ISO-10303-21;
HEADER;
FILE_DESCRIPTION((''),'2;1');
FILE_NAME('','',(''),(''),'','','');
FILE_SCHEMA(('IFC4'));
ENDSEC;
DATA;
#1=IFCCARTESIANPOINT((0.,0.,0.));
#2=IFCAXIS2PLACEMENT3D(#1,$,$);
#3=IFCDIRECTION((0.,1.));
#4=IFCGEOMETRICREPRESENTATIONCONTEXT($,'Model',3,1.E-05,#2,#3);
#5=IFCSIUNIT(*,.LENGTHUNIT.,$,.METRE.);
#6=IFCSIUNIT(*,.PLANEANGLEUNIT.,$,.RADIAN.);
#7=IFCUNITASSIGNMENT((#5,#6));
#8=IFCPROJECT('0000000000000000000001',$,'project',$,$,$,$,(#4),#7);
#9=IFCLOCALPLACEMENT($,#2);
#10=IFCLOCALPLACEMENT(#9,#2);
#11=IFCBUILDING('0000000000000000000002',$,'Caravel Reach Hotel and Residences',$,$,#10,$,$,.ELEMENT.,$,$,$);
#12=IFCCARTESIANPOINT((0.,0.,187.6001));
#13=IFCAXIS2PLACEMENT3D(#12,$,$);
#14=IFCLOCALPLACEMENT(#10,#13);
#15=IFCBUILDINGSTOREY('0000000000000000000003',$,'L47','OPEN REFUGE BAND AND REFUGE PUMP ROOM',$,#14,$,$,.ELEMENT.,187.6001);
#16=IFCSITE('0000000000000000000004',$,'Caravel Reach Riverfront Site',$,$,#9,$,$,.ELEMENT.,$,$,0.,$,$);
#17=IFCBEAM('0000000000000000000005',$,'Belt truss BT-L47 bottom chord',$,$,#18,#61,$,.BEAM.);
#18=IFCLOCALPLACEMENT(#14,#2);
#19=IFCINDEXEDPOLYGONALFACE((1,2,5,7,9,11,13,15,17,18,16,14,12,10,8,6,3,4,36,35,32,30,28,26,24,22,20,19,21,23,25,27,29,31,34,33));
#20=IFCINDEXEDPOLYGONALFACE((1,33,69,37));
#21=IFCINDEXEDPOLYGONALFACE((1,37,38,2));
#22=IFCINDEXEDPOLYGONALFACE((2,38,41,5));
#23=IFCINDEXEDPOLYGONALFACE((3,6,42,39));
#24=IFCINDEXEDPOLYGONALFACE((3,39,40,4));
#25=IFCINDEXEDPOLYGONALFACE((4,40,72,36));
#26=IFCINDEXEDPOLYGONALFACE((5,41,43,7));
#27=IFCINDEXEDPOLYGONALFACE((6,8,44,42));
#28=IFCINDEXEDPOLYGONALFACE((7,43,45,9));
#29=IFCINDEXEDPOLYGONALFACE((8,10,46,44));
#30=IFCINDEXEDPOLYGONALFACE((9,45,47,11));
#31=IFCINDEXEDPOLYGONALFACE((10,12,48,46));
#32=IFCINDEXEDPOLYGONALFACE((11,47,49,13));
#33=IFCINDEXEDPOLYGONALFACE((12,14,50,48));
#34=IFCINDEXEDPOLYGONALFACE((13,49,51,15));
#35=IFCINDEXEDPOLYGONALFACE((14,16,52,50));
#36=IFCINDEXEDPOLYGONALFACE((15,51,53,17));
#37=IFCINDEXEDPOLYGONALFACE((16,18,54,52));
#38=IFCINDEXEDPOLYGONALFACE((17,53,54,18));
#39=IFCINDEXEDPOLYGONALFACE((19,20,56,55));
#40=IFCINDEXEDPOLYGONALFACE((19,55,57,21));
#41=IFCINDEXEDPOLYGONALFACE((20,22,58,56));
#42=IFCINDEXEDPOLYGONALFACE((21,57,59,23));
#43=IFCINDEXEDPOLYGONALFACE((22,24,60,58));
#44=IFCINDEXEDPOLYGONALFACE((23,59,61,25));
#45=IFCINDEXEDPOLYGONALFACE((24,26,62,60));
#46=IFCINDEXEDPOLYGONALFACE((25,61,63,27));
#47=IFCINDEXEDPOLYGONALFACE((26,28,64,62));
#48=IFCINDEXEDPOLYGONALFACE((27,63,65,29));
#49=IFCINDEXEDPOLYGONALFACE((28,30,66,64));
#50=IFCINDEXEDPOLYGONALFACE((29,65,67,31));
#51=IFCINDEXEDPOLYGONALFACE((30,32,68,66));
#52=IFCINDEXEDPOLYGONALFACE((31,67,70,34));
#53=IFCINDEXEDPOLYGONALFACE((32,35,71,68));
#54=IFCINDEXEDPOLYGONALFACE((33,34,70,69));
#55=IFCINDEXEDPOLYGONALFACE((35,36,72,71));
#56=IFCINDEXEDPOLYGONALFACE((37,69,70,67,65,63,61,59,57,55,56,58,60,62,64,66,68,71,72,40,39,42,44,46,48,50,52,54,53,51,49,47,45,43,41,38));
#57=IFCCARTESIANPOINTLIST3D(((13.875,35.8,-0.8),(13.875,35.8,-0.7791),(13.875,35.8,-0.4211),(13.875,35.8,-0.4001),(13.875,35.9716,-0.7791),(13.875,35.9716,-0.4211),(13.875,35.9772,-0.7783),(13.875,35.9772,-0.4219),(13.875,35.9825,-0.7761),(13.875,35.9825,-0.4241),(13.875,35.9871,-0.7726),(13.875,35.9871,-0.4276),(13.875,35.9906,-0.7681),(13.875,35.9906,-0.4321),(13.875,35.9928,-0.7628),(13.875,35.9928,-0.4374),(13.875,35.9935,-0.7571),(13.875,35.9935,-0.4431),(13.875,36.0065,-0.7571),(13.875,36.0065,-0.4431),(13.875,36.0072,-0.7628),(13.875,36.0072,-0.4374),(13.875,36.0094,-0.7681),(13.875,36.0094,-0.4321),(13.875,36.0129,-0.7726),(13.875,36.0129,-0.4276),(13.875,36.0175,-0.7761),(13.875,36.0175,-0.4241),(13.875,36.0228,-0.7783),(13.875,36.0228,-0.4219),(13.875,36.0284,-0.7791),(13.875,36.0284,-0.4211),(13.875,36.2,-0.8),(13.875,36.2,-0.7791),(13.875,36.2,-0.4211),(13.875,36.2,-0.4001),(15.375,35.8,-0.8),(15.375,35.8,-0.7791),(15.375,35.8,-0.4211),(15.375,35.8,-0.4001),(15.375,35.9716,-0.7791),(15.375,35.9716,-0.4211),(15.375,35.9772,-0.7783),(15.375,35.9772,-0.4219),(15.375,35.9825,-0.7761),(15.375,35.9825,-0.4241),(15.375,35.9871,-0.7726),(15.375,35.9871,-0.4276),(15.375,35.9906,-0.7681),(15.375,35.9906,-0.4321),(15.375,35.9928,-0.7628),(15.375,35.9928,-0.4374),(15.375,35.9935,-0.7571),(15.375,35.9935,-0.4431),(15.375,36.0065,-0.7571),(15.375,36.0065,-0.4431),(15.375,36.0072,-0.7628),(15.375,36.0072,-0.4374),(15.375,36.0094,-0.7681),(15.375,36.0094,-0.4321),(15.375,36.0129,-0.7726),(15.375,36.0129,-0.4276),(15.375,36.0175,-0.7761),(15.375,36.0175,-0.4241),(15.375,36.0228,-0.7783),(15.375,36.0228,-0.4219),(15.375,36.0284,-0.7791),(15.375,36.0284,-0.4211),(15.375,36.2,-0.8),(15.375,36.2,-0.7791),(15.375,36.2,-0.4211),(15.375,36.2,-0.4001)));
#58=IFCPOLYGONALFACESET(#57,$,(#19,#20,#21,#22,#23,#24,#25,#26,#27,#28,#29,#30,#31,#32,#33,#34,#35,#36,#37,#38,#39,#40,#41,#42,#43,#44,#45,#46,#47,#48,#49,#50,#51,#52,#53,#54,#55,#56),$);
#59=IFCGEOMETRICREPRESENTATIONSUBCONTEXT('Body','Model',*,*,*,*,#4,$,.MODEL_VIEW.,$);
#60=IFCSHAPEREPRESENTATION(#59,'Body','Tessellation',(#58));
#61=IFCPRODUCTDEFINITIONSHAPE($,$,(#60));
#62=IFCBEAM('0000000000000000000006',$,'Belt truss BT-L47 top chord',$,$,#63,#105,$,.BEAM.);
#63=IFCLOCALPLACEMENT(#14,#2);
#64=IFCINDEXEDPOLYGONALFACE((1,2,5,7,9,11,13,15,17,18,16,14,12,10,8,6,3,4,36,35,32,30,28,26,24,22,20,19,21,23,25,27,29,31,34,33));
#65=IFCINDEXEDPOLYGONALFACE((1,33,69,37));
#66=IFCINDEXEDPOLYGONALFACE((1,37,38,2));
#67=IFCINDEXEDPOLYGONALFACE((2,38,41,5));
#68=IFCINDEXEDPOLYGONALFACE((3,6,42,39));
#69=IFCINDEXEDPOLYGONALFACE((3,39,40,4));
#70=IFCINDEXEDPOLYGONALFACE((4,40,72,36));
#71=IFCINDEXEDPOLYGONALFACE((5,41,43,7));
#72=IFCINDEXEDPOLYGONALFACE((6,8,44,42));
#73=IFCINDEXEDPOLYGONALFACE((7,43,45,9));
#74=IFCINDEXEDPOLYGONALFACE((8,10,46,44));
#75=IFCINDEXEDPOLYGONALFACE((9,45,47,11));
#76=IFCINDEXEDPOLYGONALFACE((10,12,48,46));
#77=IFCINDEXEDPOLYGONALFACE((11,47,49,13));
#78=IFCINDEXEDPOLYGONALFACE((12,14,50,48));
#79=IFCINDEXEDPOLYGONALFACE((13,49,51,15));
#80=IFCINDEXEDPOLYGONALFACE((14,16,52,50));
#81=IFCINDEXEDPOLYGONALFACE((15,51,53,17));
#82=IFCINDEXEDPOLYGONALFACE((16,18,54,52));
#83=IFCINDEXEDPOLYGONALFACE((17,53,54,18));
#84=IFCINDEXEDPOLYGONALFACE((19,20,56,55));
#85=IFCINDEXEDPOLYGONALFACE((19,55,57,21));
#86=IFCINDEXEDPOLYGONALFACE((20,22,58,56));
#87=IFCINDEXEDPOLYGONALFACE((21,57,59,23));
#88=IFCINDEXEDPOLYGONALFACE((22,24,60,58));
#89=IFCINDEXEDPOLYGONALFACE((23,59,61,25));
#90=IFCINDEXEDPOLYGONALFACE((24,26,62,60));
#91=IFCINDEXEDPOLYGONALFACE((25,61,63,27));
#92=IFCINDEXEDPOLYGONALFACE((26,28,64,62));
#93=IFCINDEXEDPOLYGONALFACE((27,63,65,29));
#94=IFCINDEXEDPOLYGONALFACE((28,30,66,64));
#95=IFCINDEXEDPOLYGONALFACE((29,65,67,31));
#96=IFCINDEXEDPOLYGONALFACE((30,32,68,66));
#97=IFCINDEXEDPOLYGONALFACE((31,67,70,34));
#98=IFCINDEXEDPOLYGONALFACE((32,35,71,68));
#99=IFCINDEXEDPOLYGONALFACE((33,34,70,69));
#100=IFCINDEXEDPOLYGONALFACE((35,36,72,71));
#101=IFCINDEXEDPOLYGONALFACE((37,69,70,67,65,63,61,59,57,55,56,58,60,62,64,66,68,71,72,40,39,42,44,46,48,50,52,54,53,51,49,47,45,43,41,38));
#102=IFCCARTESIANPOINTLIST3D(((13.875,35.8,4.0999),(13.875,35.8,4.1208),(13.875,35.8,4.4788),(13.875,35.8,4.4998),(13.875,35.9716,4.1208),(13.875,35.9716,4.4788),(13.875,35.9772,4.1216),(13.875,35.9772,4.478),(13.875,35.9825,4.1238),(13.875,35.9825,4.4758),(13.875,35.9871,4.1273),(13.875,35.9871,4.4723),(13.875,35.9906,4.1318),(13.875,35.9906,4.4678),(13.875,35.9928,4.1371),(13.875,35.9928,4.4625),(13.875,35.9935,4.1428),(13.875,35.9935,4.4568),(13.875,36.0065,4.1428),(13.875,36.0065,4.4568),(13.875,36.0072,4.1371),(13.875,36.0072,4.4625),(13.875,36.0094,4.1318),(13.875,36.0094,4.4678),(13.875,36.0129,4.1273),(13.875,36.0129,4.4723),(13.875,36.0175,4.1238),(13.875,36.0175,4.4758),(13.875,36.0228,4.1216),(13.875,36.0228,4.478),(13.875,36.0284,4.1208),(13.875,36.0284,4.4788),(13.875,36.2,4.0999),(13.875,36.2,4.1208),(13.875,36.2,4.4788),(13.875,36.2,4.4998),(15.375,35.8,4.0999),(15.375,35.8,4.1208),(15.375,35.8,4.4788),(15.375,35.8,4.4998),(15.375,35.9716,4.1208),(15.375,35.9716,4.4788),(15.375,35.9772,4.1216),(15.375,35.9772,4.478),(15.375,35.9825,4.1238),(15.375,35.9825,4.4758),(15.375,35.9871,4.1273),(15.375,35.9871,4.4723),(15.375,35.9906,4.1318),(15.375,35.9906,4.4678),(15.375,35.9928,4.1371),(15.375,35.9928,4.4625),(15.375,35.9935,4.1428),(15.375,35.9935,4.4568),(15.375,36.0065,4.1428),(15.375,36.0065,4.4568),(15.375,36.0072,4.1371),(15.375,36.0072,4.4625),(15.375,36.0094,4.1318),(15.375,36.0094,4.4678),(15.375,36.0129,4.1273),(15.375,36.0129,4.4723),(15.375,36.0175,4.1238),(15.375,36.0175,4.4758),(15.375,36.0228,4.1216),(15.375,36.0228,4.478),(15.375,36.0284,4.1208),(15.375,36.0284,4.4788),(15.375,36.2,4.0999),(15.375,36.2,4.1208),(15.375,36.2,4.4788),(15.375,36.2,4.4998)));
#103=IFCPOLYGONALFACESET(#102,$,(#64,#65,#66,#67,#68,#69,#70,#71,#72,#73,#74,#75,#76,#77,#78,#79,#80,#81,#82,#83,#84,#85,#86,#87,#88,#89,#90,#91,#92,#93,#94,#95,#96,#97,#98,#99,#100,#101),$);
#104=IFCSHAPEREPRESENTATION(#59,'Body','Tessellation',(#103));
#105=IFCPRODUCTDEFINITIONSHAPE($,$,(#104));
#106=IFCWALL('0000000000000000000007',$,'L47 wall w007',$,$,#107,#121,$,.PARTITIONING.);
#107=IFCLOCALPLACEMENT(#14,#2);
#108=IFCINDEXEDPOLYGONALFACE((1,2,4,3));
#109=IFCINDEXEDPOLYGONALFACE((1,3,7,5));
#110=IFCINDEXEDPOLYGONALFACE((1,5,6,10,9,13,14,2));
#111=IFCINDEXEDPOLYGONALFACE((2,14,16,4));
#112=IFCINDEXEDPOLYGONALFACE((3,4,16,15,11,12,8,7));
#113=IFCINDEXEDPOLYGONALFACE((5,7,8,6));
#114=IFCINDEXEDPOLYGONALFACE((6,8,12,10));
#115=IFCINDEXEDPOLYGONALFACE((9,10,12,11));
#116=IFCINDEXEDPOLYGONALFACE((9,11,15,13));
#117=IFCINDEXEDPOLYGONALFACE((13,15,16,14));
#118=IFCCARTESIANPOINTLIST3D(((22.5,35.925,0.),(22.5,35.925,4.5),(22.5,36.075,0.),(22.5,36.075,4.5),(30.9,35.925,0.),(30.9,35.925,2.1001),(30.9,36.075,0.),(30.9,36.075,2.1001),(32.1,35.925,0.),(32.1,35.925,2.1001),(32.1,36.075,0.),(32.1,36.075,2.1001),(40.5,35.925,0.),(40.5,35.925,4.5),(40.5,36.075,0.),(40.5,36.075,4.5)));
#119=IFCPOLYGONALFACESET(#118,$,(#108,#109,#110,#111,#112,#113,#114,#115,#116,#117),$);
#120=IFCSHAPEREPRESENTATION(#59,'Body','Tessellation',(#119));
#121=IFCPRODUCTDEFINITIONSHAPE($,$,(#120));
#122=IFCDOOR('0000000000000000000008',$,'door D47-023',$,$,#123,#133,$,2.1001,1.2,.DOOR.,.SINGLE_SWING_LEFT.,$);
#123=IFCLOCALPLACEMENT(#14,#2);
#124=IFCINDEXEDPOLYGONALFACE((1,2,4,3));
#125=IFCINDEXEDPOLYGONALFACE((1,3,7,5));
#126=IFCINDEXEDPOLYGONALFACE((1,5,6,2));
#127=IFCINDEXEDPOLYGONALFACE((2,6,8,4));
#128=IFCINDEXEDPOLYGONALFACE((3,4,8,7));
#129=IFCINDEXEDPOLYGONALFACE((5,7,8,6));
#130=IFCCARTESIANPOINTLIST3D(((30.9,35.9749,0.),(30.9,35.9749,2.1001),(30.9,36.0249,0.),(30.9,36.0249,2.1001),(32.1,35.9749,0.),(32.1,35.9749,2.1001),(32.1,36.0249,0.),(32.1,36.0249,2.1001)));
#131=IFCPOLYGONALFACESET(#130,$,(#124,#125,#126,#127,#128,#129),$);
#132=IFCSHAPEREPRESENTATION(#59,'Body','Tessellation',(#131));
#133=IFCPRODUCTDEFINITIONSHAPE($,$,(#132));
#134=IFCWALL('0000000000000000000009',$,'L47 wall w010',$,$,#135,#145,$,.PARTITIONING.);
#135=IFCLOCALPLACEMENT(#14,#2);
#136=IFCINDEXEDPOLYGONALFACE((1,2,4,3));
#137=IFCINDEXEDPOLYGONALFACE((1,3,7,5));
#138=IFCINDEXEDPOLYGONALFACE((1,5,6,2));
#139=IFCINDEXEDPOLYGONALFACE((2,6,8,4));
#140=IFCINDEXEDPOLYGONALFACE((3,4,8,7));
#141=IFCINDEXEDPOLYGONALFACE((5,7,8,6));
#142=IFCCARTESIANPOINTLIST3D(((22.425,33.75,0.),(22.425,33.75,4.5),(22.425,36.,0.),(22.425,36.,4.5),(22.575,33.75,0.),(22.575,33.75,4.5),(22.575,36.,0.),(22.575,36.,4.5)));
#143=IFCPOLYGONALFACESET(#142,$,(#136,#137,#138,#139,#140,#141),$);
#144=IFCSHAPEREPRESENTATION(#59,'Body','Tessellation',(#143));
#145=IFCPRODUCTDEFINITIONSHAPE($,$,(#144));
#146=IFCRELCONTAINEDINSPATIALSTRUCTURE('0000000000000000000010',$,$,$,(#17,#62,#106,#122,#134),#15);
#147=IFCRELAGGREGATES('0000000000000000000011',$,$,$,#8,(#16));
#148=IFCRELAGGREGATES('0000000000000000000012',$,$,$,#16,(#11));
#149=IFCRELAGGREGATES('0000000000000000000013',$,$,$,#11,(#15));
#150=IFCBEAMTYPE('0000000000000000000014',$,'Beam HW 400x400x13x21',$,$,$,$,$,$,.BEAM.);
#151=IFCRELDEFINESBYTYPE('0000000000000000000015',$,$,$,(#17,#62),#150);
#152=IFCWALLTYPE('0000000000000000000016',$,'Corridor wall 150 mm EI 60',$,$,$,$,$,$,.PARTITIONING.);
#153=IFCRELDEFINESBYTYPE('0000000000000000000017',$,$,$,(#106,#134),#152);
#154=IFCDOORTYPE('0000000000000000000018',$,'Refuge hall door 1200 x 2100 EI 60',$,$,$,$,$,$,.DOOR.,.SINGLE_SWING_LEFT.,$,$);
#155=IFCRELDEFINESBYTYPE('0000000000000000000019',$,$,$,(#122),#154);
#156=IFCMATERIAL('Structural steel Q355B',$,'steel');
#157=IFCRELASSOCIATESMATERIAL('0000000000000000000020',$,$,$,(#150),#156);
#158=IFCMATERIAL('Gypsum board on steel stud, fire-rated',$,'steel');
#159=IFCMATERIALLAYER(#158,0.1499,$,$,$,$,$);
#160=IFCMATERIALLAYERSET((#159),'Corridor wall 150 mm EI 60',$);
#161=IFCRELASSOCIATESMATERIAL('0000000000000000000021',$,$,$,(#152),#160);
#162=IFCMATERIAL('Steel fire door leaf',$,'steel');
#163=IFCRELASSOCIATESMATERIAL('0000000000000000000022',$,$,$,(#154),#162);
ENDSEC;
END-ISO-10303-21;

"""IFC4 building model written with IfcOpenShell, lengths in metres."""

from ifc_helpers import new_model, si_unit, direction, frame, frame_2d, origin, origin_2d, place, context, subcontext, project, spatial, rectangle, i_section, extrude, material, layer, layer_set, material_profile, profile_set, type_object, element, fill, save


model = new_model("IFC4")

# Units and contexts
model_context = context("Model", 3, precision=1e-05, world=origin(), true_north=direction((0.0, 1.0)))
body_context = subcontext(model_context, "Body", "Model", "MODEL_VIEW")
ifc_project = project(units=[si_unit("LENGTHUNIT", "METRE"), si_unit("PLANEANGLEUNIT", "RADIAN")], contexts=[model_context])

# Site, building, storey
site_placement = place(None, origin())
site = spatial("IfcSite", under=ifc_project, at=site_placement, Name="Caravel Reach Riverfront Site", CompositionType="ELEMENT", RefElevation=0.0)
building_placement = place(site_placement, origin())
building = spatial("IfcBuilding", under=site, at=building_placement, Name="Caravel Reach Hotel and Residences", CompositionType="ELEMENT")
storey_placement = place(building_placement, frame((0.0, 0.0, 187.6001)))
storey = spatial("IfcBuildingStorey", under=building, at=storey_placement, Name="L47", Description="OPEN REFUGE BAND AND REFUGE PUMP ROOM", CompositionType="ELEMENT", Elevation=187.6001)

# Beams
ifc_material_1 = material(Name="Structural steel Q355B", Category="steel")
ifc_material_profile_1 = material_profile(ifc_material_1, i_section(OverallWidth=0.3999, OverallDepth=0.3999, WebThickness=0.0129, FlangeThickness=0.021, FilletRadius=0.022, at=origin_2d()), Name="HW 400x400x13x21")
ifc_profile_set_1 = profile_set([ifc_material_profile_1], Name="Structural steel Q355B")
beam_type = type_object("IfcBeamType", Name="Beam HW 400x400x13x21", PredefinedType="BEAM", material=ifc_profile_set_1)
for number, where, z_axis, x_axis, name in (
    (1, (15.375, 36.0, -0.6001), (-1.0, 0.0, 0.0), (0.0, -1.0, 0.0), "Belt truss BT-L47 bottom chord"),
    (2, (15.375, 36.0, 4.2998), (-1.0, 0.0, 0.0), (0.0, -1.0, 0.0), "Belt truss BT-L47 top chord"),
):
    element("IfcBeam", number, at=place(storey_placement, frame(where, z_axis=z_axis, x_axis=x_axis)), inside=storey, type_object=beam_type, Name=name, PredefinedType="BEAM", context=body_context, shape_type="SweptSolid", body=[
        extrude(i_section(OverallWidth=0.3999, OverallDepth=0.3999, WebThickness=0.0129, FlangeThickness=0.021, FilletRadius=0.022, at=origin_2d()), origin(), (0.0, 0.0, 1.0), 1.5),
    ])

# Wall, opening, door
ifc_material_2 = material(Name="Gypsum board on steel stud, fire-rated", Category="steel")
ifc_layer = layer(ifc_material_2, 0.1499)
ifc_layer_set = layer_set([ifc_layer], Name="Corridor wall 150 mm EI 60")
wall_type = type_object("IfcWallType", Name="Corridor wall 150 mm EI 60", PredefinedType="PARTITIONING", material=ifc_layer_set)
wall_1_placement = place(storey_placement, frame((22.5, 36.0, 0.0), z_axis=(0.0, 0.0, 1.0), x_axis=(1.0, 0.0, 0.0)))
wall_1 = element("IfcWall", 3, at=wall_1_placement, inside=storey, type_object=wall_type, Name="L47 wall w007", PredefinedType="PARTITIONING", context=body_context, shape_type="SweptSolid", body=[
    extrude(rectangle(XDim=18.0, YDim=0.1499, at=frame_2d((9.0, 0.0))), origin(), (0.0, 0.0, 1.0), 4.5),
])
opening_placement = place(wall_1_placement, frame((8.3999, 0.0, 0.0)))
opening = element("IfcOpeningElement", 4, at=opening_placement, cuts=wall_1, PredefinedType="OPENING", context=body_context, shape_type="SweptSolid", body=[
    extrude(rectangle(XDim=1.2, YDim=2.1001, at=frame_2d((0.6001, 1.05))), frame((0.0, 0.085, 0.0), z_axis=(0.0, -1.0, 0.0), x_axis=(1.0, 0.0, 0.0)), (0.0, 0.0, 1.0), 0.1699),
])
ifc_material_3 = material(Name="Steel fire door leaf", Category="steel")
door_type = type_object("IfcDoorType", Name="Refuge hall door 1200 x 2100 EI 60", OperationType="SINGLE_SWING_LEFT", PredefinedType="DOOR", material=ifc_material_3)
door_placement = place(opening_placement, origin())
door = element("IfcDoor", 5, at=door_placement, inside=storey, type_object=door_type, Name="door D47-023", OperationType="SINGLE_SWING_LEFT", OverallHeight=2.1001, OverallWidth=1.2, PredefinedType="DOOR", context=body_context, shape_type="SweptSolid", body=[
    extrude(rectangle(XDim=1.2, YDim=2.1001, at=frame_2d((0.6001, 1.05))), frame((0.0, 0.0249, 0.0), z_axis=(0.0, -1.0, 0.0), x_axis=(1.0, 0.0, 0.0)), (0.0, 0.0, 1.0), 0.05),
])
fill(opening, door)

# Wall
wall_2_placement = place(storey_placement, frame((22.5, 33.75, 0.0), z_axis=(0.0, 0.0, 1.0), x_axis=(0.0, 1.0, 0.0)))
element("IfcWall", 6, at=wall_2_placement, inside=storey, type_object=wall_type, Name="L47 wall w010", PredefinedType="PARTITIONING", context=body_context, shape_type="SweptSolid", body=[
    extrude(rectangle(XDim=2.25, YDim=0.1499, at=frame_2d((1.125, 0.0))), origin(), (0.0, 0.0, 1.0), 4.5),
])

save(model, "model.ifc")
